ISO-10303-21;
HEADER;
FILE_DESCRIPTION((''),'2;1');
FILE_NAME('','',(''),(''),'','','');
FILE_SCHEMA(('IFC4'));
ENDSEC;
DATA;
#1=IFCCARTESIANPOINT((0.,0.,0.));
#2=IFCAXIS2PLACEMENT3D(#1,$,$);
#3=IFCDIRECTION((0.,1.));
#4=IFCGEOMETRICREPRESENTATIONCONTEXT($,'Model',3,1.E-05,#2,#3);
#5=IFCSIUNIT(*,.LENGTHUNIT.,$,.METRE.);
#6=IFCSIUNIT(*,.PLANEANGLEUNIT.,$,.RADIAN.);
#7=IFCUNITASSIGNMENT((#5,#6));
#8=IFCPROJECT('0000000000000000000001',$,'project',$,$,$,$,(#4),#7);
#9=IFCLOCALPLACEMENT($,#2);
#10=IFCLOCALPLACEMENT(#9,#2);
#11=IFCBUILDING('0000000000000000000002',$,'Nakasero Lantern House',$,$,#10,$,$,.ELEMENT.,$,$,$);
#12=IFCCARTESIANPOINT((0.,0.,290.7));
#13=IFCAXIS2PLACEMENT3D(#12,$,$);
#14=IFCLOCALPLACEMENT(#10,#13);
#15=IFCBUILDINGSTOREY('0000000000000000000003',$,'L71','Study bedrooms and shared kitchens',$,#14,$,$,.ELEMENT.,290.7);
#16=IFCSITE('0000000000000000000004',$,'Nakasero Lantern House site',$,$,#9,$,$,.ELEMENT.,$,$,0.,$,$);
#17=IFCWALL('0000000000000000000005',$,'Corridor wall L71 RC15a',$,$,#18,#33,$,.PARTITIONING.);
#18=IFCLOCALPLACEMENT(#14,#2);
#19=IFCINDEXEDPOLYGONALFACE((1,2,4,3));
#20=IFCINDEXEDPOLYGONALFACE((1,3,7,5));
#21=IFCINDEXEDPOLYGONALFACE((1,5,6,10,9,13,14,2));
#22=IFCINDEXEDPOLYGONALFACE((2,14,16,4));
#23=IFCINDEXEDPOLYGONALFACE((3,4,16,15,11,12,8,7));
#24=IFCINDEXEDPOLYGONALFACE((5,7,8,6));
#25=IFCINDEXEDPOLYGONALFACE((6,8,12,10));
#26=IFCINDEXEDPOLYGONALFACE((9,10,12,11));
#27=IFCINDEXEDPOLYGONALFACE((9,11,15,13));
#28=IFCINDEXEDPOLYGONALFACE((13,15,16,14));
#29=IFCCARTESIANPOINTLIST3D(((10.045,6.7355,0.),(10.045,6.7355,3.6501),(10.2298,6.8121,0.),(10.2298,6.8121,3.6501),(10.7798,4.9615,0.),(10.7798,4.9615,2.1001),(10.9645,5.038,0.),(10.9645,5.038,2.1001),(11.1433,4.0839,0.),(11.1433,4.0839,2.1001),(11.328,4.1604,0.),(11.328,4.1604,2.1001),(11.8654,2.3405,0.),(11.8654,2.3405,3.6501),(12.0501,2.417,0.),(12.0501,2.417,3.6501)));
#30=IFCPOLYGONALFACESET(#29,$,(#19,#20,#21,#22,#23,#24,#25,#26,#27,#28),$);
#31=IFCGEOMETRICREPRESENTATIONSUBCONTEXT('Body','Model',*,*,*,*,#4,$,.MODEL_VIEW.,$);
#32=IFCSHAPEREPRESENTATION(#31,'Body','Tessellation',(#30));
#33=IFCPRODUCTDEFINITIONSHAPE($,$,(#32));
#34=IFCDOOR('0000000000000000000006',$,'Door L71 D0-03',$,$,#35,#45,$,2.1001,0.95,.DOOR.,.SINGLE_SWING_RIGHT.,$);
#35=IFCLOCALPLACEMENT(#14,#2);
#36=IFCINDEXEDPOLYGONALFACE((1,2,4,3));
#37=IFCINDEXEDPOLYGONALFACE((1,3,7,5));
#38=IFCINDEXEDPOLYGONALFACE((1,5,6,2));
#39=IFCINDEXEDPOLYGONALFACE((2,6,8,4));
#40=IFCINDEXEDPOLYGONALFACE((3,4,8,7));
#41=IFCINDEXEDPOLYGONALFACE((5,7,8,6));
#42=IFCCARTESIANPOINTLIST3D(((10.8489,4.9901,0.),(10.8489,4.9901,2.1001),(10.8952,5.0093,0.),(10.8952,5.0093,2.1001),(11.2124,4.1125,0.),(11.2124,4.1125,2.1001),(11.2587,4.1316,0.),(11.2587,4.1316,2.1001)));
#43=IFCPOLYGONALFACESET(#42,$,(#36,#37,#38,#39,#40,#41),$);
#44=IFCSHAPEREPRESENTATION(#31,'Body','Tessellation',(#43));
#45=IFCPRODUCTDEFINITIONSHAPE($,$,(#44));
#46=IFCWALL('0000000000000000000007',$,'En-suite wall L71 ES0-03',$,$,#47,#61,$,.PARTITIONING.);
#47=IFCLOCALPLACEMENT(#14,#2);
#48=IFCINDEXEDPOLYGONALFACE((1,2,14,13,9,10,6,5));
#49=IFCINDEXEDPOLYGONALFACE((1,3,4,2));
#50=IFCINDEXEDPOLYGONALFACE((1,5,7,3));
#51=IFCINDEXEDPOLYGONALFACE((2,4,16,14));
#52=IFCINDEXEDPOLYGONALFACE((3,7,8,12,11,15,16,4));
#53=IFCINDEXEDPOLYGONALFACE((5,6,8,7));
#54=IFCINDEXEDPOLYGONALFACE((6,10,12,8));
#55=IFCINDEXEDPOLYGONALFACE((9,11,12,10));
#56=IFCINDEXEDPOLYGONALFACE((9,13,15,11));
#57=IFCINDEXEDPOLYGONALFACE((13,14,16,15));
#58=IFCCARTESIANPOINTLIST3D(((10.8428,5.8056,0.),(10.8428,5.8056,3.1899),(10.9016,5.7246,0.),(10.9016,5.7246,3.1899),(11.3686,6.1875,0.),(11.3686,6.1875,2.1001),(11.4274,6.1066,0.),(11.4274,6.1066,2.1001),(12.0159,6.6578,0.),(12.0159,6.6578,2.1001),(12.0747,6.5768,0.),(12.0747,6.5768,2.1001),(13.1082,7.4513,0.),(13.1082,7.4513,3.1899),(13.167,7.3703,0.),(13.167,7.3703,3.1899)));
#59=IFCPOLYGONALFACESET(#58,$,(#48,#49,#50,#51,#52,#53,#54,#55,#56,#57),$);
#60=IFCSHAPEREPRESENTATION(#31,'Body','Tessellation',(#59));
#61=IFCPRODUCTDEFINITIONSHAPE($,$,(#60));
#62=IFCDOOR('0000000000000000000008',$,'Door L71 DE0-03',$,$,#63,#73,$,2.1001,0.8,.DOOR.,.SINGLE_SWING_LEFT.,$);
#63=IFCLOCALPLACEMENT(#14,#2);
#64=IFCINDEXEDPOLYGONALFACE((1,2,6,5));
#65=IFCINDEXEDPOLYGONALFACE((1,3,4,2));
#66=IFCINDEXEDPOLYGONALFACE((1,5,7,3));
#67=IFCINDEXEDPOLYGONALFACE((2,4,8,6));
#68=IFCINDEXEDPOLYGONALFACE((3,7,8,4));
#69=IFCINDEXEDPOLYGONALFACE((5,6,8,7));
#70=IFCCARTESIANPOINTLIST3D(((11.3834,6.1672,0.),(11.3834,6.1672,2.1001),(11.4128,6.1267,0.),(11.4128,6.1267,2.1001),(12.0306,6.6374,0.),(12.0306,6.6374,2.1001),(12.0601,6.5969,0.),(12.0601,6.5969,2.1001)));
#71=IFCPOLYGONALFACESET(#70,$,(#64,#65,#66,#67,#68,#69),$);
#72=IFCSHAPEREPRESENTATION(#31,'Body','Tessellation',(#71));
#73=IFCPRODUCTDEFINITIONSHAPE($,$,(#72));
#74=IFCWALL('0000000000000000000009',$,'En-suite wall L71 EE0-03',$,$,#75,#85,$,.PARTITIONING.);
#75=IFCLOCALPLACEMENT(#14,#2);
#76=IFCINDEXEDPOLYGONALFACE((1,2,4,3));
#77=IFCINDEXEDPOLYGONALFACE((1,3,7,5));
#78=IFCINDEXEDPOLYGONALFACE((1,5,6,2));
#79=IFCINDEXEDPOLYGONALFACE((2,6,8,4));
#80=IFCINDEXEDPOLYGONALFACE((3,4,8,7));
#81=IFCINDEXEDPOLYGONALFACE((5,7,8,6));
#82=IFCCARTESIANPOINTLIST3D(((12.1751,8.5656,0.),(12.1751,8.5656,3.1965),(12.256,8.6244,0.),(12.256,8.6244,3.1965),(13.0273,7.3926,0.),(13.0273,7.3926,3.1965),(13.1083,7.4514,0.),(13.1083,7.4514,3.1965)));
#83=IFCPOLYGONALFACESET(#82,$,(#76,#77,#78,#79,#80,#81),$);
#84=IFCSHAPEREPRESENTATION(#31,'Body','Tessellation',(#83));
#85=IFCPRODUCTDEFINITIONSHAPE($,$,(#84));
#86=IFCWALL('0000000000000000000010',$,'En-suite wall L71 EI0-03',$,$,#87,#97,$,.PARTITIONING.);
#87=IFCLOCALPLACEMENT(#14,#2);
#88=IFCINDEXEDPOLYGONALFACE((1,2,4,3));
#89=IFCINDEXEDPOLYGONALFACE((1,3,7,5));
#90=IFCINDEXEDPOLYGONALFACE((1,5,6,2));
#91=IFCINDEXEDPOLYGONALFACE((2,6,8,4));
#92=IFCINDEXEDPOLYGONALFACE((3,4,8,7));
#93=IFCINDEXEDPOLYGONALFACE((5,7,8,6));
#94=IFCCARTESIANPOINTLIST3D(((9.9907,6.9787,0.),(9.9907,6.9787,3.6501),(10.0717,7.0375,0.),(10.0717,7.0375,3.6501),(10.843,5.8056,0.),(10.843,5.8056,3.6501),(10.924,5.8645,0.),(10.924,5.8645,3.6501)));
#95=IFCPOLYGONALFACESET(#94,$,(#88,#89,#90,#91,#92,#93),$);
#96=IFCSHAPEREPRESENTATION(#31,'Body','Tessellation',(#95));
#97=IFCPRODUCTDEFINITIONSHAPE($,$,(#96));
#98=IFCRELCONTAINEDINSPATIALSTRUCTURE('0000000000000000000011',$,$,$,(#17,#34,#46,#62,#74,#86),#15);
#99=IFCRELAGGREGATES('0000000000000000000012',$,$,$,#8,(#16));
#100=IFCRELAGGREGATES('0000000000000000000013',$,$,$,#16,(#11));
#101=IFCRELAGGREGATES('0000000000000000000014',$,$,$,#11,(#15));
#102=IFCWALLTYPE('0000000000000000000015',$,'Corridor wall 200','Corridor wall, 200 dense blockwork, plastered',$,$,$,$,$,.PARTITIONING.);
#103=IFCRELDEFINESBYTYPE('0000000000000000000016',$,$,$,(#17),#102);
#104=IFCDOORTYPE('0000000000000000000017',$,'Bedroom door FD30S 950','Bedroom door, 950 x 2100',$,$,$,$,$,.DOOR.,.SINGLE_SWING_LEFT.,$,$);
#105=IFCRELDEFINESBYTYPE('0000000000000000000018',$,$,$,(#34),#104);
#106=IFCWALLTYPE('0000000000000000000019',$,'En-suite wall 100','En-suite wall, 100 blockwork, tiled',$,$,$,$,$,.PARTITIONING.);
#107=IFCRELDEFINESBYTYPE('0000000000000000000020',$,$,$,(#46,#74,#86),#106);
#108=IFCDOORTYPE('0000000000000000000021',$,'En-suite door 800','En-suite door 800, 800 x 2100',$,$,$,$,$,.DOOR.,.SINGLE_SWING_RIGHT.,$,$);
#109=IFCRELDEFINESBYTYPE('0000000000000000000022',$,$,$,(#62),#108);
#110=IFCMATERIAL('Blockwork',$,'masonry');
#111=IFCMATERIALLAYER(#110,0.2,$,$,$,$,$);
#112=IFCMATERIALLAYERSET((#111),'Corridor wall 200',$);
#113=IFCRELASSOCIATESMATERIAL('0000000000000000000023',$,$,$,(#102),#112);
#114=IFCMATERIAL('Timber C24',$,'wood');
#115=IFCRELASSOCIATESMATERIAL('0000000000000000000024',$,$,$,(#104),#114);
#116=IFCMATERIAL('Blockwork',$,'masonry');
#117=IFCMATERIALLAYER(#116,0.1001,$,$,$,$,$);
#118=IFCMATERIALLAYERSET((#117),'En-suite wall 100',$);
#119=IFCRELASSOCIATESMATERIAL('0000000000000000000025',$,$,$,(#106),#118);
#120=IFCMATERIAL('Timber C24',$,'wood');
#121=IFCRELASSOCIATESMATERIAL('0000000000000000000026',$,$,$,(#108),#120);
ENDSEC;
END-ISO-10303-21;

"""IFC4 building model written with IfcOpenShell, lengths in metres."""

from ifc_helpers import new_model, si_unit, direction, frame, frame_2d, origin, place, context, subcontext, project, spatial, rectangle, extrude, material, layer, layer_set, type_object, element, fill, save


model = new_model("IFC4")

# Units and contexts
model_context = context("Model", 3, precision=1e-05, world=origin(), true_north=direction((0.0, 1.0)))
body_context = subcontext(model_context, "Body", "Model", "MODEL_VIEW")
ifc_project = project(units=[si_unit("LENGTHUNIT", "METRE"), si_unit("PLANEANGLEUNIT", "RADIAN")], contexts=[model_context])

# Site, building, storey
site_placement = place(None, origin())
site = spatial("IfcSite", under=ifc_project, at=site_placement, Name="Nakasero Lantern House site", CompositionType="ELEMENT", RefElevation=0.0)
building_placement = place(site_placement, origin())
building = spatial("IfcBuilding", under=site, at=building_placement, Name="Nakasero Lantern House", CompositionType="ELEMENT")
storey_placement = place(building_placement, frame((0.0, 0.0, 290.7)))
storey = spatial("IfcBuildingStorey", under=building, at=storey_placement, Name="L71", Description="Study bedrooms and shared kitchens", CompositionType="ELEMENT", Elevation=290.7)

# Walls, openings, doors
ifc_material_1 = material(Name="Blockwork", Category="masonry")
ifc_layer_1 = layer(ifc_material_1, 0.2)
ifc_layer_set_1 = layer_set([ifc_layer_1], Name="Corridor wall 200")
wall_type_1 = type_object("IfcWallType", Name="Corridor wall 200", Description="Corridor wall, 200 dense blockwork, plastered", PredefinedType="PARTITIONING", material=ifc_layer_set_1)
wall_1_placement = place(storey_placement, frame((10.1375, 6.7737, 0.0), z_axis=(0.0, 0.0, 1.0), x_axis=(0.382654, -0.923892, 0.0)))
wall_1 = element("IfcWall", 1, at=wall_1_placement, inside=storey, type_object=wall_type_1, Name="Corridor wall L71 RC15a", PredefinedType="PARTITIONING", context=body_context, shape_type="SweptSolid", body=[
    extrude(rectangle(XDim=4.7571, YDim=0.2, at=frame_2d((2.3784, 0.0))), origin(), (0.0, 0.0, 1.0), 3.6501),
])
opening_1_placement = place(wall_1_placement, frame((1.9199, 0.0, 0.0)))
opening_1 = element("IfcOpeningElement", 2, at=opening_1_placement, cuts=wall_1, PredefinedType="OPENING", context=body_context, shape_type="SweptSolid", body=[
    extrude(rectangle(XDim=0.95, YDim=2.1001, at=frame_2d((0.4751, 1.05))), frame((0.0, 0.1199, 0.0), z_axis=(0.0, -1.0, 0.0), x_axis=(1.0, 0.0, 0.0)), (0.0, 0.0, 1.0), 0.24),
])
ifc_material_2 = material(Name="Timber C24", Category="wood")
door_type_1 = type_object("IfcDoorType", Name="Bedroom door FD30S 950", Description="Bedroom door, 950 x 2100", OperationType="SINGLE_SWING_LEFT", PredefinedType="DOOR", material=ifc_material_2)
door_1_placement = place(opening_1_placement, origin())
door_1 = element("IfcDoor", 3, at=door_1_placement, inside=storey, type_object=door_type_1, Name="Door L71 D0-03", OperationType="SINGLE_SWING_RIGHT", OverallHeight=2.1001, OverallWidth=0.95, PredefinedType="DOOR", context=body_context, shape_type="SweptSolid", body=[
    extrude(rectangle(XDim=0.95, YDim=2.1001, at=frame_2d((0.4751, 1.05))), frame((0.0, 0.0249, 0.0), z_axis=(0.0, -1.0, 0.0), x_axis=(1.0, 0.0, 0.0)), (0.0, 0.0, 1.0), 0.05),
])
fill(opening_1, door_1)
ifc_material_3 = material(Name="Blockwork", Category="masonry")
ifc_layer_2 = layer(ifc_material_3, 0.1001)
ifc_layer_set_2 = layer_set([ifc_layer_2], Name="En-suite wall 100")
wall_type_2 = type_object("IfcWallType", Name="En-suite wall 100", Description="En-suite wall, 100 blockwork, tiled", PredefinedType="PARTITIONING", material=ifc_layer_set_2)
wall_2_placement = place(storey_placement, frame((10.8723, 5.7651, 0.0), z_axis=(0.0, 0.0, 1.0), x_axis=(0.809041, 0.587752, 0.0)))
wall_2 = element("IfcWall", 4, at=wall_2_placement, inside=storey, type_object=wall_type_2, Name="En-suite wall L71 ES0-03", PredefinedType="PARTITIONING", context=body_context, shape_type="SweptSolid", body=[
    extrude(rectangle(XDim=2.8, YDim=0.1001, at=frame_2d((1.3999, 0.0))), origin(), (0.0, 0.0, 1.0), 3.1899),
])
opening_2_placement = place(wall_2_placement, frame((0.6499, 0.0, 0.0)))
opening_2 = element("IfcOpeningElement", 5, at=opening_2_placement, cuts=wall_2, PredefinedType="OPENING", context=body_context, shape_type="SweptSolid", body=[
    extrude(rectangle(XDim=0.8, YDim=2.1001, at=frame_2d((0.3999, 1.05))), frame((0.0, 0.0701, 0.0), z_axis=(0.0, -1.0, 0.0), x_axis=(1.0, 0.0, 0.0)), (0.0, 0.0, 1.0), 0.1401),
])
ifc_material_4 = material(Name="Timber C24", Category="wood")
door_type_2 = type_object("IfcDoorType", Name="En-suite door 800", Description="En-suite door 800, 800 x 2100", OperationType="SINGLE_SWING_RIGHT", PredefinedType="DOOR", material=ifc_material_4)
door_2_placement = place(opening_2_placement, origin())
door_2 = element("IfcDoor", 6, at=door_2_placement, inside=storey, type_object=door_type_2, Name="Door L71 DE0-03", OperationType="SINGLE_SWING_LEFT", OverallHeight=2.1001, OverallWidth=0.8, PredefinedType="DOOR", context=body_context, shape_type="SweptSolid", body=[
    extrude(rectangle(XDim=0.8, YDim=2.1001, at=frame_2d((0.3999, 1.05))), frame((0.0, 0.0249, 0.0), z_axis=(0.0, -1.0, 0.0), x_axis=(1.0, 0.0, 0.0)), (0.0, 0.0, 1.0), 0.05),
])
fill(opening_2, door_2)

# Walls
wall_3_placement = place(storey_placement, frame((13.0679, 7.4219, 0.0), z_axis=(0.0, 0.0, 1.0), x_axis=(-0.587781, 0.80902, 0.0)))
element("IfcWall", 7, at=wall_3_placement, inside=storey, type_object=wall_type_2, Name="En-suite wall L71 EE0-03", PredefinedType="PARTITIONING", context=body_context, shape_type="SweptSolid", body=[
    extrude(rectangle(XDim=1.45, YDim=0.1001, at=frame_2d((0.7251, 0.0))), origin(), (0.0, 0.0, 1.0), 3.1965),
])
wall_4_placement = place(storey_placement, frame((10.8835, 5.835, 0.0), z_axis=(0.0, 0.0, 1.0), x_axis=(-0.587781, 0.80902, 0.0)))
element("IfcWall", 8, at=wall_4_placement, inside=storey, type_object=wall_type_2, Name="En-suite wall L71 EI0-03", PredefinedType="PARTITIONING", context=body_context, shape_type="SweptSolid", body=[
    extrude(rectangle(XDim=1.45, YDim=0.1001, at=frame_2d((0.7251, 0.0))), origin(), (0.0, 0.0, 1.0), 3.6501),
])

save(model, "model.ifc")
